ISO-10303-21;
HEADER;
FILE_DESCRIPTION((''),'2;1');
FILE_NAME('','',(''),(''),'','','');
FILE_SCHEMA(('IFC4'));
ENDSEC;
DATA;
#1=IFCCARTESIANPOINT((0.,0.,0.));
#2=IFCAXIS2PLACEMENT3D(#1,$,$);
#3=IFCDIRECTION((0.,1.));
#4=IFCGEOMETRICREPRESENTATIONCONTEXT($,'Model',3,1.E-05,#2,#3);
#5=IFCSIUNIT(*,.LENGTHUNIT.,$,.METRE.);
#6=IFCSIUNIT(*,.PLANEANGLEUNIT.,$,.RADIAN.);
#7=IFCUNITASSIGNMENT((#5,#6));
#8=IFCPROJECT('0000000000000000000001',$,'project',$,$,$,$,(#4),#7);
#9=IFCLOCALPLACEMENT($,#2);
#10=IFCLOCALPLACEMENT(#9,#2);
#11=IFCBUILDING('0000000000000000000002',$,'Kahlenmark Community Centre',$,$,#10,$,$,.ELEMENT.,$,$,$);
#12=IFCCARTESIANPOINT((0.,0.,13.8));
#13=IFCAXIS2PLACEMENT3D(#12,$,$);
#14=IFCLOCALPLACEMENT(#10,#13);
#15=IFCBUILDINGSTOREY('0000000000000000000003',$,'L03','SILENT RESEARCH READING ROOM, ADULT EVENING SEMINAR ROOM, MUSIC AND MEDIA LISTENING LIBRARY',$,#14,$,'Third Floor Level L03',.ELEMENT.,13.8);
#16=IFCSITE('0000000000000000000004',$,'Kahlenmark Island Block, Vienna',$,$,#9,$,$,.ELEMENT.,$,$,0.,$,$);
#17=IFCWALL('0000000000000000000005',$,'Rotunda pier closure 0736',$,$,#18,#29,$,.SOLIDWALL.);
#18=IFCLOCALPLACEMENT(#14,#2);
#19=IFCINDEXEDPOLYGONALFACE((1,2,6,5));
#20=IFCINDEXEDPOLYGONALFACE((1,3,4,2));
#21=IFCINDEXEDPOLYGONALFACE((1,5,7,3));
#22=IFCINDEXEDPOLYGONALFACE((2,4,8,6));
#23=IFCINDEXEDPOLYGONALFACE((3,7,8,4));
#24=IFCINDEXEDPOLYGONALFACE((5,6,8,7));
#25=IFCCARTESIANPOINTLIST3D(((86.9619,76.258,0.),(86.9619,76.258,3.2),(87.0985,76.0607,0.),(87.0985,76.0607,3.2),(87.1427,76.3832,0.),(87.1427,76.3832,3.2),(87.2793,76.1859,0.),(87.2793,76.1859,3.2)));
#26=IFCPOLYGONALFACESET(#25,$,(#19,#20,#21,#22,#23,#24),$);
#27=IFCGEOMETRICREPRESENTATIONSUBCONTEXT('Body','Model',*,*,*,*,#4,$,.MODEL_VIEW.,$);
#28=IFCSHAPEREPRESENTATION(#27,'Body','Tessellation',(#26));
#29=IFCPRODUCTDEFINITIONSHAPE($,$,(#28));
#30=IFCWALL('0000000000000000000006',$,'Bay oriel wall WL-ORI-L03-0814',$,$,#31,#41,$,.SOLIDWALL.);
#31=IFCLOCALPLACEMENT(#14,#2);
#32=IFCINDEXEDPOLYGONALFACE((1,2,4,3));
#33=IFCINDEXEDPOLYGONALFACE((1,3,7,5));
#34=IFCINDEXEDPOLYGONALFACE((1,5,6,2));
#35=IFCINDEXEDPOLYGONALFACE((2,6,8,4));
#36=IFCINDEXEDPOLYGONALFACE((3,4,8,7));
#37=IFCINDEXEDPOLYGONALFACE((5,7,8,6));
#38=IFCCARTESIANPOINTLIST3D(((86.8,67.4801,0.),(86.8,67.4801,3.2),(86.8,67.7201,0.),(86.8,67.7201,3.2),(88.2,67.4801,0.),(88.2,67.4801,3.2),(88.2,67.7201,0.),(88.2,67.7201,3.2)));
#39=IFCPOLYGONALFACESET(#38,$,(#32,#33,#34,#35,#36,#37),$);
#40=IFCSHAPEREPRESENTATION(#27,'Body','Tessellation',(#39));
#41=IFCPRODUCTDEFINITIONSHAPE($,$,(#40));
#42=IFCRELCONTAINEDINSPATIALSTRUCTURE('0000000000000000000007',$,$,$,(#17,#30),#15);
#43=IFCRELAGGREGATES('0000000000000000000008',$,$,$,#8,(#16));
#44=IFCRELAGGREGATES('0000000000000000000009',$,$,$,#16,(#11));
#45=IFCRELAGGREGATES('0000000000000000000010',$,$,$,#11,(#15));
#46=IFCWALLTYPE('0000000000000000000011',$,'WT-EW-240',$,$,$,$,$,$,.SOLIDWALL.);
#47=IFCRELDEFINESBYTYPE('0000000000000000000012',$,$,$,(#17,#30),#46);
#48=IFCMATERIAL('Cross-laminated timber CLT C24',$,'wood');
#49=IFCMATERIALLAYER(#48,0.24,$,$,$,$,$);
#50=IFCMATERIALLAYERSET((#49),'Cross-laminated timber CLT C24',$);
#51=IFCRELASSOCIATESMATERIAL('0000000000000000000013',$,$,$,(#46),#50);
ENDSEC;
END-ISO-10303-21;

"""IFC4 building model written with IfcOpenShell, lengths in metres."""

from ifc_helpers import new_model, si_unit, direction, frame, frame_2d, origin, place, context, subcontext, project, spatial, rectangle, extrude, material, layer, layer_set, type_object, element, save


model = new_model("IFC4")

# Units and contexts
model_context = context("Model", 3, precision=1e-05, world=origin(), true_north=direction((0.0, 1.0)))
body_context = subcontext(model_context, "Body", "Model", "MODEL_VIEW")
ifc_project = project(units=[si_unit("LENGTHUNIT", "METRE"), si_unit("PLANEANGLEUNIT", "RADIAN")], contexts=[model_context])

# Site, building, storey
site_placement = place(None, origin())
site = spatial("IfcSite", under=ifc_project, at=site_placement, Name="Kahlenmark Island Block, Vienna", CompositionType="ELEMENT", RefElevation=0.0)
building_placement = place(site_placement, origin())
building = spatial("IfcBuilding", under=site, at=building_placement, Name="Kahlenmark Community Centre", CompositionType="ELEMENT")
storey_placement = place(building_placement, frame((0.0, 0.0, 13.8)))
storey = spatial("IfcBuildingStorey", under=building, at=storey_placement, Name="L03", Description="SILENT RESEARCH READING ROOM, ADULT EVENING SEMINAR ROOM, MUSIC AND MEDIA LISTENING LIBRARY", LongName="Third Floor Level L03", CompositionType="ELEMENT", Elevation=13.8)

# Walls
ifc_material_1 = material(Name="Cross-laminated timber CLT C24", Category="wood")
ifc_layer_1 = layer(ifc_material_1, 0.24)
ifc_layer_set_1 = layer_set([ifc_layer_1], Name="Cross-laminated timber CLT C24")
wall_type_1 = type_object("IfcWallType", Name="WT-EW-240", PredefinedType="SOLIDWALL", material=ifc_layer_set_1)
wall_1_placement = place(storey_placement, frame((87.0303, 76.1594, 0.0), z_axis=(0.0, 0.0, 1.0), x_axis=(0.822192, 0.56921, 0.0)))
element("IfcWall", 1, at=wall_1_placement, inside=storey, type_object=wall_type_1, Name="Rotunda pier closure 0736", PredefinedType="SOLIDWALL", context=body_context, shape_type="SweptSolid", body=[
    extrude(rectangle(XDim=0.22, YDim=0.24, at=frame_2d((0.1099, 0.0))), origin(), (0.0, 0.0, 1.0), 3.2),
])
wall_2_placement = place(storey_placement, frame((86.8, 67.6001, 0.0), z_axis=(0.0, 0.0, 1.0), x_axis=(1.0, 0.0, 0.0)))
element("IfcWall", 2, at=wall_2_placement, inside=storey, type_object=wall_type_1, Name="Bay oriel wall WL-ORI-L03-0814", PredefinedType="SOLIDWALL", context=body_context, shape_type="SweptSolid", body=[
    extrude(rectangle(XDim=1.3999, YDim=0.24, at=frame_2d((0.7, 0.0))), origin(), (0.0, 0.0, 1.0), 3.2),
])

save(model, "model.ifc")
